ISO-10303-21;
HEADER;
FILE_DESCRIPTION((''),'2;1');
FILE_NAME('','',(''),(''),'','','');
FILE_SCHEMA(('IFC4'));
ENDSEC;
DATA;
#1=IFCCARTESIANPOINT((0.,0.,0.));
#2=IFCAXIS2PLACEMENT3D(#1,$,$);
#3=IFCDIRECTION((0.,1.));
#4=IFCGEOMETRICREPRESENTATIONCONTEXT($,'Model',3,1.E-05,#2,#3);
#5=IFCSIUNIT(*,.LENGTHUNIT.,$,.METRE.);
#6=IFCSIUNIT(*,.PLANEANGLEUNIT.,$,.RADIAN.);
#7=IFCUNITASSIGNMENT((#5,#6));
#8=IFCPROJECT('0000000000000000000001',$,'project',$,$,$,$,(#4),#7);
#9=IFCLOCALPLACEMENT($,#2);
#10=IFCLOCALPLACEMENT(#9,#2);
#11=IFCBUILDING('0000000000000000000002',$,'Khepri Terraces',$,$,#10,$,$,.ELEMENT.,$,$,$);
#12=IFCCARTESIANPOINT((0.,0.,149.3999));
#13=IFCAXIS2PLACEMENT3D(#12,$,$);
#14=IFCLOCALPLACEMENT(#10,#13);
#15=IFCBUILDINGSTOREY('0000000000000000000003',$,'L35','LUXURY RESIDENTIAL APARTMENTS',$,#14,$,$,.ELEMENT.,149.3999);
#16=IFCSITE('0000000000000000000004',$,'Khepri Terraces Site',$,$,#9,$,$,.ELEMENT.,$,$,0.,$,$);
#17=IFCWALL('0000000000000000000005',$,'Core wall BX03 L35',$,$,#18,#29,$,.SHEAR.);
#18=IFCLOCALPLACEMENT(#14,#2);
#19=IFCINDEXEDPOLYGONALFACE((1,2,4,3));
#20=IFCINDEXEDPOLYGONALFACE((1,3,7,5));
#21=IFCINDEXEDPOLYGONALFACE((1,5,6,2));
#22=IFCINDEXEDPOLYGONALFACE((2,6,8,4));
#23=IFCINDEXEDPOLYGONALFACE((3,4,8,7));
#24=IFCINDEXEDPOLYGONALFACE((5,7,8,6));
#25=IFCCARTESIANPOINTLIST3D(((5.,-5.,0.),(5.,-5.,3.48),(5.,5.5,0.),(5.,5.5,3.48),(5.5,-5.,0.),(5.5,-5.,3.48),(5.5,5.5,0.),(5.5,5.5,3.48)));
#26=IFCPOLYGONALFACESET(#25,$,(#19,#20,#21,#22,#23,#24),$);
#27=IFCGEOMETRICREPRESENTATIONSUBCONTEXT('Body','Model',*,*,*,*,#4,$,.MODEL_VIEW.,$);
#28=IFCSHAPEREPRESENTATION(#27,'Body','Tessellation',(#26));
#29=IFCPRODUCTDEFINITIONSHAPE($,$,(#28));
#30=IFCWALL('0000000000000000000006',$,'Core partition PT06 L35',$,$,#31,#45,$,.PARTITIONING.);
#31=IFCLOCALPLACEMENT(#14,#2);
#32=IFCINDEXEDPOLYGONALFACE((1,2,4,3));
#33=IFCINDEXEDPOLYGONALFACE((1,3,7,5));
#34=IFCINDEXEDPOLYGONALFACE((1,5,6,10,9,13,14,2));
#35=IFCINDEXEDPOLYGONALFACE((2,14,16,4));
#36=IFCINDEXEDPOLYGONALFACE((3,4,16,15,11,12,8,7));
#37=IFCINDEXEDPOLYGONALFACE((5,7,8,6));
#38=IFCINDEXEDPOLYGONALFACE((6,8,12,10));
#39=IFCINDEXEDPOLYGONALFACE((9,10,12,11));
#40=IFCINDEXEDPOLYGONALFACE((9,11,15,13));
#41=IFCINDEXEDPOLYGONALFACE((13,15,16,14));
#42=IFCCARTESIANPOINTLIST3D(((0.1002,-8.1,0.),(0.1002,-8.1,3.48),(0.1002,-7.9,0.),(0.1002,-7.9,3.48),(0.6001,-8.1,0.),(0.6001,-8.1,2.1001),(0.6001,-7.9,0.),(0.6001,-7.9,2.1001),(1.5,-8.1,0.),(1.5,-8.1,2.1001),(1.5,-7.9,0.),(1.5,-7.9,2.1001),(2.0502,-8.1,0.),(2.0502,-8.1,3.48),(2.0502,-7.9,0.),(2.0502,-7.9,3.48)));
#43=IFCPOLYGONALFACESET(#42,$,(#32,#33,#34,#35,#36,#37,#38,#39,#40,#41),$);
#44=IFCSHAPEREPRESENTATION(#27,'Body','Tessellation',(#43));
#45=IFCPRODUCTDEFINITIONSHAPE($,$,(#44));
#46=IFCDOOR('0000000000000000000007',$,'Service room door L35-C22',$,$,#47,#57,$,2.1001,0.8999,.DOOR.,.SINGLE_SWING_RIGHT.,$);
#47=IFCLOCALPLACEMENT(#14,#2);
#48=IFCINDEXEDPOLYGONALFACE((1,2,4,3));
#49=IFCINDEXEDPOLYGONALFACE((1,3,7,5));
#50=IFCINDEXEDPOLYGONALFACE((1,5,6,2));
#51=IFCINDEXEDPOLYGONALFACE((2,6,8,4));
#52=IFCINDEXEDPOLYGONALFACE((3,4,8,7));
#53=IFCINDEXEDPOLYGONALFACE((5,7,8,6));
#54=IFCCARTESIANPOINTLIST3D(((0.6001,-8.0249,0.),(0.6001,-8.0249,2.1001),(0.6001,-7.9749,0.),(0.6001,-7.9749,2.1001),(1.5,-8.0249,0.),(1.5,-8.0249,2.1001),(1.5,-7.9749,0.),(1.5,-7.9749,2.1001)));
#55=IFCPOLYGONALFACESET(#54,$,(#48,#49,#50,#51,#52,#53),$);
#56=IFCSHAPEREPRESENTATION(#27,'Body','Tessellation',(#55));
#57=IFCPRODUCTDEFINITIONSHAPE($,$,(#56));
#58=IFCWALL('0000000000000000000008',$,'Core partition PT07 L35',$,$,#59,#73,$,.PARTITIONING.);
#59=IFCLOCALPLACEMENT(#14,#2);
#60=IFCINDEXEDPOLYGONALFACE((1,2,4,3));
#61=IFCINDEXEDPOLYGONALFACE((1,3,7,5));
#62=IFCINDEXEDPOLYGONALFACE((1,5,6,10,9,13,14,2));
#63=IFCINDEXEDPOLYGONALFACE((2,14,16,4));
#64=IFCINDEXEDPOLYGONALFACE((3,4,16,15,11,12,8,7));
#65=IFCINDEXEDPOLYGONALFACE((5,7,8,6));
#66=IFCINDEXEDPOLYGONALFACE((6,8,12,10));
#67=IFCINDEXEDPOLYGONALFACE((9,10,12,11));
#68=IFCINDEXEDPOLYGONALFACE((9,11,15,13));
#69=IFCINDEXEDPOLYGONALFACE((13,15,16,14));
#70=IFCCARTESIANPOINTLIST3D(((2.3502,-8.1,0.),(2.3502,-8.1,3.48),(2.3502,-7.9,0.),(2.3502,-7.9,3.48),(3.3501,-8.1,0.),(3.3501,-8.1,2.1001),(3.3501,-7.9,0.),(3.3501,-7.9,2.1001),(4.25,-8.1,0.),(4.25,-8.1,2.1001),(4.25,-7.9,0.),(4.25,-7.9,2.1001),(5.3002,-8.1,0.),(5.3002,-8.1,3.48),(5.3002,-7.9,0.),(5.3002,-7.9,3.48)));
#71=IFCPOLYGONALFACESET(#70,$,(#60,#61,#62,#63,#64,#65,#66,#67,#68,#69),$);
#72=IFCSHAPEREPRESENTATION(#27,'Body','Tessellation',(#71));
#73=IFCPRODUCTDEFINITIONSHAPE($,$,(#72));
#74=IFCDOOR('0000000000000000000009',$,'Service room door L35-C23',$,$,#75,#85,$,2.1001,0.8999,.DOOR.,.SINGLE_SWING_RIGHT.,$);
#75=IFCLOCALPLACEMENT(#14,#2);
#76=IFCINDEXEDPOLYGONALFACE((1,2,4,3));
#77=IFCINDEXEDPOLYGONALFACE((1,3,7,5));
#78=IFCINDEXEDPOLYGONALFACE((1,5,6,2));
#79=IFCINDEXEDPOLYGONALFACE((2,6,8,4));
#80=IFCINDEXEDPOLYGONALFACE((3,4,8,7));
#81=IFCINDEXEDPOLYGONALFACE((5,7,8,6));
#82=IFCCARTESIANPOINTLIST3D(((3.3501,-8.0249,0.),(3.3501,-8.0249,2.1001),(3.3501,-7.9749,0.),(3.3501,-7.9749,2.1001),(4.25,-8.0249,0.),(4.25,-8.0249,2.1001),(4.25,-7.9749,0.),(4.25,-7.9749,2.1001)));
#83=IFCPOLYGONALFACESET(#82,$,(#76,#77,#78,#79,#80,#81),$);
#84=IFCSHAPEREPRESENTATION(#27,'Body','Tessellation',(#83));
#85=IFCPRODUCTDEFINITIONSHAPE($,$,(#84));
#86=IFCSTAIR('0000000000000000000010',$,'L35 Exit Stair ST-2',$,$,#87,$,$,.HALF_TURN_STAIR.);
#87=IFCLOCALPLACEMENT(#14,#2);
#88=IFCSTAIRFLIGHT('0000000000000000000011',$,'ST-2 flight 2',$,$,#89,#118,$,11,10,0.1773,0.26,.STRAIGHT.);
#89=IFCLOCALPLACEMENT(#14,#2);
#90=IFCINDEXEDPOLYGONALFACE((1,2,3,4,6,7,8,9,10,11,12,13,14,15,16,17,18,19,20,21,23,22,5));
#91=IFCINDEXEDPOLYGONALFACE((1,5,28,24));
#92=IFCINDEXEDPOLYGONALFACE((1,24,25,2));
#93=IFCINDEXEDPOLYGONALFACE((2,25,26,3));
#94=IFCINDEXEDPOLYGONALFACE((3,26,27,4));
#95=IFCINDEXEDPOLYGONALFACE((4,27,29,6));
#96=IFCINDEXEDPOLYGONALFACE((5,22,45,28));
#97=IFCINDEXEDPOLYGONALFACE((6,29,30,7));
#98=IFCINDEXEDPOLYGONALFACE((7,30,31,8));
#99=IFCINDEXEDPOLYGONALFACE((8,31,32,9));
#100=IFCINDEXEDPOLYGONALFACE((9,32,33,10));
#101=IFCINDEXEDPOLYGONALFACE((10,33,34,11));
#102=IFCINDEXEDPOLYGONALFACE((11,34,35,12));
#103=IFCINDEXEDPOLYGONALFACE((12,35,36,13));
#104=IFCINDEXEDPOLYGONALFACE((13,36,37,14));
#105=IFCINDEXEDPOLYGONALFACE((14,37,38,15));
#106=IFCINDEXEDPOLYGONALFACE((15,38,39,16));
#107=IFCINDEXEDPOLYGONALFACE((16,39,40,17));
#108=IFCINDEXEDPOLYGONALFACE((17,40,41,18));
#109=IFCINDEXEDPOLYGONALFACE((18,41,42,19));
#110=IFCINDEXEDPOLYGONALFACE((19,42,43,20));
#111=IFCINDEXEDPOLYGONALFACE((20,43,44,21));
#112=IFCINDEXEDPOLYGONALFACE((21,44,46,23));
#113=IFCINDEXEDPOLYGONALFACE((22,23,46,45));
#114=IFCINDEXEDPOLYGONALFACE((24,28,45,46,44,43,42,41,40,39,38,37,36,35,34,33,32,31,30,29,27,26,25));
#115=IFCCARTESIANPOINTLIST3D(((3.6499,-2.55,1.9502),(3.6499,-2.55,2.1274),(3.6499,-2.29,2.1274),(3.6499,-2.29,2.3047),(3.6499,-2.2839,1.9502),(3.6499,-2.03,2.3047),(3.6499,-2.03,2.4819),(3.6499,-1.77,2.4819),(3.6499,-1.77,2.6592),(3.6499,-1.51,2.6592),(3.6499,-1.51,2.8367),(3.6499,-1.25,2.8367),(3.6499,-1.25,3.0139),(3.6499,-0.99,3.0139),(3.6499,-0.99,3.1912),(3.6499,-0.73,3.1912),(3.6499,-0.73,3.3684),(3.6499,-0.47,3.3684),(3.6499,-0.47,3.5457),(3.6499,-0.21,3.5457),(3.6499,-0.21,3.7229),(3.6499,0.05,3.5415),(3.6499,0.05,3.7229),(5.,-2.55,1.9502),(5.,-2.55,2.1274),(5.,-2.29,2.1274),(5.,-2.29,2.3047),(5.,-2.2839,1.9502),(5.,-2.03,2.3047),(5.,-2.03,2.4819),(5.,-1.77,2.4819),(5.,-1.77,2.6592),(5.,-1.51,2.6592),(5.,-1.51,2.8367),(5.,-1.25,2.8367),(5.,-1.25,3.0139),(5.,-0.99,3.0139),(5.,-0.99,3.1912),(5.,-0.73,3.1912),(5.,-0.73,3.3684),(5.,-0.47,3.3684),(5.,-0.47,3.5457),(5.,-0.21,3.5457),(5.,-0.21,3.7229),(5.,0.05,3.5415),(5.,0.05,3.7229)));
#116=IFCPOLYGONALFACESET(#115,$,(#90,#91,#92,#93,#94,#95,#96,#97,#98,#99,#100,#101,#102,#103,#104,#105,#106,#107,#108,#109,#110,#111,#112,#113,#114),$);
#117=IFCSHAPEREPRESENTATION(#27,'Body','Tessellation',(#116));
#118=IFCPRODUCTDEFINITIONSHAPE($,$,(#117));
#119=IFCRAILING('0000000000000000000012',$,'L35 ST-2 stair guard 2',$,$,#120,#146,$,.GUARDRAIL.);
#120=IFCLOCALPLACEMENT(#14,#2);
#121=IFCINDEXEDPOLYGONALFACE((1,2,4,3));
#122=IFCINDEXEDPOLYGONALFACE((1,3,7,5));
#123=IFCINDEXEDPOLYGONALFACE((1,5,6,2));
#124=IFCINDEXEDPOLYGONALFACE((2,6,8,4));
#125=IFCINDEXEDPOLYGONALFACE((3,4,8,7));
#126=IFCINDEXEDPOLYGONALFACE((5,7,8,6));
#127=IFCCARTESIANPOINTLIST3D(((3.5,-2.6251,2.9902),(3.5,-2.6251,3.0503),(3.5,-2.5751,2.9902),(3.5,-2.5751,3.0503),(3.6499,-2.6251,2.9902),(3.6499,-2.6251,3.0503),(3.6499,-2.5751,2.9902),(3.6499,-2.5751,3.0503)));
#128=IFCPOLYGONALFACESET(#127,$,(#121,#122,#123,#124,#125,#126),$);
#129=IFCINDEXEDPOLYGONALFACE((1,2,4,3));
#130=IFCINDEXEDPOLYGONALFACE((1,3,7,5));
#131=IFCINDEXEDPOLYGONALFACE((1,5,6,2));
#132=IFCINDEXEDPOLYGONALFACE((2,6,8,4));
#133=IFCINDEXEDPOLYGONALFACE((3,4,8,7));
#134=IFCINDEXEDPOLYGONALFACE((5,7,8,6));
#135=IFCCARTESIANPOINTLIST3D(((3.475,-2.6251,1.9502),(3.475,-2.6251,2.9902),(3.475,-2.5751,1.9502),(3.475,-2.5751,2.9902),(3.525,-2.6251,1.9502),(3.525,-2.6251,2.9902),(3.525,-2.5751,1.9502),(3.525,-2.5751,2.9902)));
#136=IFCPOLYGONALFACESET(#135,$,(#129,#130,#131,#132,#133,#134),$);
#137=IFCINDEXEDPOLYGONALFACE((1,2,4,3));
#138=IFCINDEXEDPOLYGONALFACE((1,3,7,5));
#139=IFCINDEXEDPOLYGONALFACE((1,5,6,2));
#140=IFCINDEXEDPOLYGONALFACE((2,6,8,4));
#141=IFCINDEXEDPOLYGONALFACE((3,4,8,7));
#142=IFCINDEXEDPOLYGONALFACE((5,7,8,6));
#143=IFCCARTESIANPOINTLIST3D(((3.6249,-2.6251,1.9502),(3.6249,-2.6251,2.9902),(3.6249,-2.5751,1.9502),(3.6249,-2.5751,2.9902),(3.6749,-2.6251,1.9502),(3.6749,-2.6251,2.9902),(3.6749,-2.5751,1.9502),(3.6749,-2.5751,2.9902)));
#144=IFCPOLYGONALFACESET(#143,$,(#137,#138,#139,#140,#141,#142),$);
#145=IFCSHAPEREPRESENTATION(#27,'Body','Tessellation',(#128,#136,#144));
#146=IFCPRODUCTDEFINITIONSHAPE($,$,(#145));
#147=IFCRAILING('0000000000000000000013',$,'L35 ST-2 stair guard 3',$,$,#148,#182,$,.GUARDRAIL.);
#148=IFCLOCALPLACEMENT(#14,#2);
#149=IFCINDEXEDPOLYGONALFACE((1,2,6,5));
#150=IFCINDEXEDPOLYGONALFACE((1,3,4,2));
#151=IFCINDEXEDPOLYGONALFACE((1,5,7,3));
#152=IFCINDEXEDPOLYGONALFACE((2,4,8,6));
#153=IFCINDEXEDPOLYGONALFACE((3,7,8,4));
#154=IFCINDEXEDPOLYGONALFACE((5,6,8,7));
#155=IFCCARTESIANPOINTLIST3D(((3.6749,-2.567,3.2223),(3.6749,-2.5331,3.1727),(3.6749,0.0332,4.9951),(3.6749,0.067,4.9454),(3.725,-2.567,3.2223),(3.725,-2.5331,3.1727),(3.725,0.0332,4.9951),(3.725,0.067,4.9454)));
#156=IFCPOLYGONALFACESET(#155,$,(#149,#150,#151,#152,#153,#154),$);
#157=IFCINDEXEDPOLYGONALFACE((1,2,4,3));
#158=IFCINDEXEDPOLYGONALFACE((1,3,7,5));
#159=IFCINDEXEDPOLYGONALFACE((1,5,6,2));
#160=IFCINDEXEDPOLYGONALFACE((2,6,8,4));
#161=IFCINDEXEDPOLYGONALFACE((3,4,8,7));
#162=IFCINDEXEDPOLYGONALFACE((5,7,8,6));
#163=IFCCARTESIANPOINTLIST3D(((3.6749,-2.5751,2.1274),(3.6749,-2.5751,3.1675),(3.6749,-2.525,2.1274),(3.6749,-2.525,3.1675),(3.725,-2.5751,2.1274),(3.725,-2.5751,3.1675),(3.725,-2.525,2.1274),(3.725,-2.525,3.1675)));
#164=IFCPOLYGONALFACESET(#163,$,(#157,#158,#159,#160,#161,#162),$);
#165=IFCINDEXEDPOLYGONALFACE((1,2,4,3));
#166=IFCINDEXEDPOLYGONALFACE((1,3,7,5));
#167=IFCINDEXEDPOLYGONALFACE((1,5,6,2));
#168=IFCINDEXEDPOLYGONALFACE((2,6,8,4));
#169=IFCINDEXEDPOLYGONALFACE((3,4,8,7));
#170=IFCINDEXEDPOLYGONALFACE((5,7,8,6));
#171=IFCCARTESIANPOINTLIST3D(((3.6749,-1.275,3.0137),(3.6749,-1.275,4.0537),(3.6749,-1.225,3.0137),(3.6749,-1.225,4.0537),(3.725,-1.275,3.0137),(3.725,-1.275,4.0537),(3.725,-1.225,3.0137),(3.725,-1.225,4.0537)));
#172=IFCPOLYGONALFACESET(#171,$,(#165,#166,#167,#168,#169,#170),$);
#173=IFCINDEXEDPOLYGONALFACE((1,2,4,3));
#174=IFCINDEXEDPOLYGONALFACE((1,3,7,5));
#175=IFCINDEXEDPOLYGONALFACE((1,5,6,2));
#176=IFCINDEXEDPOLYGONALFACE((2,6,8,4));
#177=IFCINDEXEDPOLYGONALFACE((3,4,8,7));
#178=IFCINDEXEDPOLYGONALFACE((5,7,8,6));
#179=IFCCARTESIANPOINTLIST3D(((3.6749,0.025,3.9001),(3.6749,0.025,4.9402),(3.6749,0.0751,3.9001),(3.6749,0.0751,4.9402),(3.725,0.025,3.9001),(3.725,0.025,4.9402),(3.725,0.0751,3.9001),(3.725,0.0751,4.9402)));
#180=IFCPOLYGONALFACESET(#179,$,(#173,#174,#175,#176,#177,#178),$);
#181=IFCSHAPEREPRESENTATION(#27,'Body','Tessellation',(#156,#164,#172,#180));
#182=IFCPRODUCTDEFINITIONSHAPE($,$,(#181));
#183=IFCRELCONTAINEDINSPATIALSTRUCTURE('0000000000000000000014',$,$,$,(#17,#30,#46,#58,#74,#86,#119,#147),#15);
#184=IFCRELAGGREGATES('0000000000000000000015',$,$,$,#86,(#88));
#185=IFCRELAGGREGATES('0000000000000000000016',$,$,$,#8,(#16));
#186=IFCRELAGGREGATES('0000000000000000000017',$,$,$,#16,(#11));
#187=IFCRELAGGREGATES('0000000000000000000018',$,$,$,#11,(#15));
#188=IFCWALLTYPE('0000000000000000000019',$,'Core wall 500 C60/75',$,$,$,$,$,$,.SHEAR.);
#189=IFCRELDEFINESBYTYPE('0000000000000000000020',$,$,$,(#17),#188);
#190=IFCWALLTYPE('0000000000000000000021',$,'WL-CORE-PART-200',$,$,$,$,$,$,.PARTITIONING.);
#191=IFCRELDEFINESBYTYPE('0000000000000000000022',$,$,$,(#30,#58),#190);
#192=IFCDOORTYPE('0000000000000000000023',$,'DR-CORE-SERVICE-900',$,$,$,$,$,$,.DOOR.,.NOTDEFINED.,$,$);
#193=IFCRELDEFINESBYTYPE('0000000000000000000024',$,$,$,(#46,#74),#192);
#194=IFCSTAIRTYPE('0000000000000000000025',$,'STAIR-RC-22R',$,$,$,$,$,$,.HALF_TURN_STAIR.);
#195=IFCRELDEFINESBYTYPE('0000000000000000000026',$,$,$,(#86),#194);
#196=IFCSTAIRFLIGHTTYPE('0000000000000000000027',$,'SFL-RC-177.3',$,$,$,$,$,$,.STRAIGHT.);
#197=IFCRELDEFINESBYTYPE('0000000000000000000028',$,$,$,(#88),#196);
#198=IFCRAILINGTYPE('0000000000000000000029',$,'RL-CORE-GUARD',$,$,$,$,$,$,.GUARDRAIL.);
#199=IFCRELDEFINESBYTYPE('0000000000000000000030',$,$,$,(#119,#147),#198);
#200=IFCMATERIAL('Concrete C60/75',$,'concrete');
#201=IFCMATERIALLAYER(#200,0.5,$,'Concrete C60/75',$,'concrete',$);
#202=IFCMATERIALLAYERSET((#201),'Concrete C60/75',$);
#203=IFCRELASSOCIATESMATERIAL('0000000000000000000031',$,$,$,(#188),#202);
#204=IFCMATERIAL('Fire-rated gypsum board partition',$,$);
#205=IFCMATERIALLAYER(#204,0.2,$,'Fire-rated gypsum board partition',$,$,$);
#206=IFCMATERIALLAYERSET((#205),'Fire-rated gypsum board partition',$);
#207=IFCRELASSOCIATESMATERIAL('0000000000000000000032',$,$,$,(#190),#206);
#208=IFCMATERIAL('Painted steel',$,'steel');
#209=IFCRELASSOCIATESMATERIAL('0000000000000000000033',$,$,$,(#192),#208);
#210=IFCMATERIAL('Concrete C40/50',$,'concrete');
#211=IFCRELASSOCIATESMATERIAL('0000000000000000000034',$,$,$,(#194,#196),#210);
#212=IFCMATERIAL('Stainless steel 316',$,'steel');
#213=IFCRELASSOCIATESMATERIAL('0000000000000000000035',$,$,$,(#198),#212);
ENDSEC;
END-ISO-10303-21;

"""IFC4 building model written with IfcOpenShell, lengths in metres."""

from ifc_helpers import new_model, si_unit, direction, frame, frame_2d, origin, origin_2d, place, context, subcontext, project, spatial, polyline, rectangle, outline, extrude, material, layer, layer_set, type_object, element, fill, aggregate, save


model = new_model("IFC4")

# Units and contexts
model_context = context("Model", 3, precision=1e-05, world=origin(), true_north=direction((0.0, 1.0)))
body_context = subcontext(model_context, "Body", "Model", "MODEL_VIEW")
ifc_project = project(units=[si_unit("LENGTHUNIT", "METRE"), si_unit("PLANEANGLEUNIT", "RADIAN")], contexts=[model_context])

# Site, building, storey
site_placement = place(None, origin())
site = spatial("IfcSite", under=ifc_project, at=site_placement, Name="Khepri Terraces Site", CompositionType="ELEMENT", RefElevation=0.0)
building_placement = place(site_placement, origin())
building = spatial("IfcBuilding", under=site, at=building_placement, Name="Khepri Terraces", CompositionType="ELEMENT")
storey_placement = place(building_placement, frame((0.0, 0.0, 149.3999)))
storey = spatial("IfcBuildingStorey", under=building, at=storey_placement, Name="L35", Description="LUXURY RESIDENTIAL APARTMENTS", CompositionType="ELEMENT", Elevation=149.3999)

# Shared definitions
ifc_material_1 = material(Name="Concrete C60/75", Category="concrete")
ifc_material_2 = material(Name="Painted steel", Category="steel")

# Wall
ifc_layer_1 = layer(ifc_material_1, 0.5, Name="Concrete C60/75", Category="concrete")
ifc_layer_set_1 = layer_set([ifc_layer_1], Name="Concrete C60/75")
wall_type_1 = type_object("IfcWallType", Name="Core wall 500 C60/75", PredefinedType="SHEAR", material=ifc_layer_set_1)
wall_1_placement = place(storey_placement, frame((5.25, -5.0, 0.0), z_axis=(0.0, 0.0, 1.0), x_axis=(0.0, 1.0, 0.0)))
element("IfcWall", 1, at=wall_1_placement, inside=storey, type_object=wall_type_1, Name="Core wall BX03 L35", PredefinedType="SHEAR", context=body_context, shape_type="SweptSolid", body=[
    extrude(rectangle(XDim=10.5, YDim=0.5, at=frame_2d((5.25, 0.0))), origin(), (0.0, 0.0, 1.0), 3.48),
])

# Walls, openings, doors
ifc_material_3 = material(Name="Fire-rated gypsum board partition")
ifc_layer_2 = layer(ifc_material_3, 0.2, Name="Fire-rated gypsum board partition")
ifc_layer_set_2 = layer_set([ifc_layer_2], Name="Fire-rated gypsum board partition")
wall_type_2 = type_object("IfcWallType", Name="WL-CORE-PART-200", PredefinedType="PARTITIONING", material=ifc_layer_set_2)
wall_2_placement = place(storey_placement, frame((0.1001, -8.0, 0.0), z_axis=(0.0, 0.0, 1.0), x_axis=(1.0, 0.0, 0.0)))
wall_2 = element("IfcWall", 2, at=wall_2_placement, inside=storey, type_object=wall_type_2, Name="Core partition PT06 L35", PredefinedType="PARTITIONING", context=body_context, shape_type="SweptSolid", body=[
    extrude(rectangle(XDim=1.95, YDim=0.2, at=frame_2d((0.9751, 0.0))), origin(), (0.0, 0.0, 1.0), 3.48),
])
opening_1_placement = place(wall_2_placement, frame((0.5, 0.0, 0.0)))
opening_1 = element("IfcOpeningElement", 3, at=opening_1_placement, cuts=wall_2, PredefinedType="OPENING", context=body_context, shape_type="SweptSolid", body=[
    extrude(rectangle(XDim=0.8999, YDim=2.1001, at=frame_2d((0.45, 1.05))), frame((0.0, 0.1099, 0.0), z_axis=(0.0, -1.0, 0.0), x_axis=(1.0, 0.0, 0.0)), (0.0, 0.0, 1.0), 0.22),
])
door_type_1 = type_object("IfcDoorType", Name="DR-CORE-SERVICE-900", OperationType="NOTDEFINED", PredefinedType="DOOR", material=ifc_material_2)
door_1_placement = place(opening_1_placement, frame((0.8999, 0.0, 0.0), z_axis=(0.0, 0.0, 1.0), x_axis=(-1.0, 0.0, 0.0)))
door_1 = element("IfcDoor", 4, at=door_1_placement, inside=storey, type_object=door_type_1, Name="Service room door L35-C22", OperationType="SINGLE_SWING_RIGHT", OverallHeight=2.1001, OverallWidth=0.8999, PredefinedType="DOOR", context=body_context, shape_type="SweptSolid", body=[
    extrude(rectangle(XDim=0.8999, YDim=2.1001, at=frame_2d((0.45, 1.05))), frame((0.0, 0.0249, 0.0), z_axis=(0.0, -1.0, 0.0), x_axis=(1.0, 0.0, 0.0)), (0.0, 0.0, 1.0), 0.05),
])
fill(opening_1, door_1)
wall_3_placement = place(storey_placement, frame((2.3501, -8.0, 0.0), z_axis=(0.0, 0.0, 1.0), x_axis=(1.0, 0.0, 0.0)))
wall_3 = element("IfcWall", 5, at=wall_3_placement, inside=storey, type_object=wall_type_2, Name="Core partition PT07 L35", PredefinedType="PARTITIONING", context=body_context, shape_type="SweptSolid", body=[
    extrude(rectangle(XDim=2.95, YDim=0.2, at=frame_2d((1.4751, 0.0))), origin(), (0.0, 0.0, 1.0), 3.48),
])
opening_2_placement = place(wall_3_placement, frame((1.0, 0.0, 0.0)))
opening_2 = element("IfcOpeningElement", 6, at=opening_2_placement, cuts=wall_3, PredefinedType="OPENING", context=body_context, shape_type="SweptSolid", body=[
    extrude(rectangle(XDim=0.8999, YDim=2.1001, at=frame_2d((0.45, 1.05))), frame((0.0, 0.1099, 0.0), z_axis=(0.0, -1.0, 0.0), x_axis=(1.0, 0.0, 0.0)), (0.0, 0.0, 1.0), 0.22),
])
door_2_placement = place(opening_2_placement, frame((0.8999, 0.0, 0.0), z_axis=(0.0, 0.0, 1.0), x_axis=(-1.0, 0.0, 0.0)))
door_2 = element("IfcDoor", 7, at=door_2_placement, inside=storey, type_object=door_type_1, Name="Service room door L35-C23", OperationType="SINGLE_SWING_RIGHT", OverallHeight=2.1001, OverallWidth=0.8999, PredefinedType="DOOR", context=body_context, shape_type="SweptSolid", body=[
    extrude(rectangle(XDim=0.8999, YDim=2.1001, at=frame_2d((0.45, 1.05))), frame((0.0, 0.0249, 0.0), z_axis=(0.0, -1.0, 0.0), x_axis=(1.0, 0.0, 0.0)), (0.0, 0.0, 1.0), 0.05),
])
fill(opening_2, door_2)

# Stair, stair flight
ifc_material_4 = material(Name="Concrete C40/50", Category="concrete")
stair_type = type_object("IfcStairType", Name="STAIR-RC-22R", PredefinedType="HALF_TURN_STAIR", material=ifc_material_4)
stair_placement = place(storey_placement, origin())
stair = element("IfcStair", 8, at=stair_placement, inside=storey, type_object=stair_type, Name="L35 Exit Stair ST-2", PredefinedType="HALF_TURN_STAIR")
stair_flight_type = type_object("IfcStairFlightType", Name="SFL-RC-177.3", PredefinedType="STRAIGHT", material=ifc_material_4)
stair_flight_placement = place(storey_placement, frame((4.325, -2.55, 1.9502), z_axis=(0.0, 0.0, 1.0), x_axis=(0.0, 1.0, 0.0)))
stair_flight = element("IfcStairFlight", 9, at=stair_flight_placement, type_object=stair_flight_type, Name="ST-2 flight 2", NumberOfRisers=11, NumberOfTreads=10, PredefinedType="STRAIGHT", RiserHeight=0.1773, TreadLength=0.26, context=body_context, shape_type="SweptSolid", body=[
    extrude(outline(polyline([(0.0, 0.0), (0.0, 0.1772), (0.26, 0.1772), (0.26, 0.3545), (0.52, 0.3545), (0.52, 0.5317), (0.78, 0.5317), (0.78, 0.709), (1.04, 0.709), (1.04, 0.8865), (1.3, 0.8865), (1.3, 1.0637), (1.5601, 1.0637), (1.5601, 1.241), (1.8201, 1.241), (1.8201, 1.4182), (2.0801, 1.4182), (2.0801, 1.5955), (2.3401, 1.5955), (2.3401, 1.7727), (2.6001, 1.7727), (2.6001, 1.95), (2.6001, 1.5913), (0.2661, 0.0), (0.0, 0.0)])), frame((0.0, 0.675, 0.0), z_axis=(0.0, -1.0, 0.0), x_axis=(1.0, 0.0, 0.0)), (0.0, 0.0, 1.0), 1.3501),
])
aggregate(stair, [stair_flight])

# Railings
ifc_material_5 = material(Name="Stainless steel 316", Category="steel")
railing_type_1 = type_object("IfcRailingType", Name="RL-CORE-GUARD", PredefinedType="GUARDRAIL", material=ifc_material_5)
railing_1_placement = place(storey_placement, frame((3.5, -2.6001, 1.9502)))
element("IfcRailing", 10, at=railing_1_placement, inside=storey, type_object=railing_type_1, Name="L35 ST-2 stair guard 2", PredefinedType="GUARDRAIL", context=body_context, shape_type="SweptSolid", body=[
    extrude(rectangle(XDim=0.05, YDim=0.0601, at=origin_2d()), frame((0.0, 0.0, 1.0701), z_axis=(1.0, 0.0, 0.0), x_axis=(0.0, 1.0, 0.0)), (0.0, 0.0, 1.0), 0.1499),
    extrude(rectangle(XDim=0.05, YDim=0.05, at=origin_2d()), origin(), (0.0, 0.0, 1.0), 1.04),
    extrude(rectangle(XDim=0.05, YDim=0.05, at=origin_2d()), frame((0.1499, 0.0, 0.0)), (0.0, 0.0, 1.0), 1.04),
])
railing_2_placement = place(storey_placement, frame((3.7, -2.55, 2.1274)))
element("IfcRailing", 11, at=railing_2_placement, inside=storey, type_object=railing_type_1, Name="L35 ST-2 stair guard 3", PredefinedType="GUARDRAIL", context=body_context, shape_type="SweptSolid", body=[
    extrude(rectangle(XDim=0.05, YDim=0.0601, at=origin_2d()), frame((0.0, 0.0, 1.0701), z_axis=(0.0, 0.82624, 0.563318), x_axis=(-1.0, 0.0, 0.0)), (0.0, 0.0, 1.0), 3.147),
    extrude(rectangle(XDim=0.05, YDim=0.05, at=origin_2d()), origin(), (0.0, 0.0, 1.0), 1.04),
    extrude(rectangle(XDim=0.05, YDim=0.05, at=origin_2d()), frame((0.0, 1.3, 0.8862)), (0.0, 0.0, 1.0), 1.04),
    extrude(rectangle(XDim=0.05, YDim=0.05, at=origin_2d()), frame((0.0, 2.6001, 1.7727)), (0.0, 0.0, 1.0), 1.04),
])

save(model, "model.ifc")
